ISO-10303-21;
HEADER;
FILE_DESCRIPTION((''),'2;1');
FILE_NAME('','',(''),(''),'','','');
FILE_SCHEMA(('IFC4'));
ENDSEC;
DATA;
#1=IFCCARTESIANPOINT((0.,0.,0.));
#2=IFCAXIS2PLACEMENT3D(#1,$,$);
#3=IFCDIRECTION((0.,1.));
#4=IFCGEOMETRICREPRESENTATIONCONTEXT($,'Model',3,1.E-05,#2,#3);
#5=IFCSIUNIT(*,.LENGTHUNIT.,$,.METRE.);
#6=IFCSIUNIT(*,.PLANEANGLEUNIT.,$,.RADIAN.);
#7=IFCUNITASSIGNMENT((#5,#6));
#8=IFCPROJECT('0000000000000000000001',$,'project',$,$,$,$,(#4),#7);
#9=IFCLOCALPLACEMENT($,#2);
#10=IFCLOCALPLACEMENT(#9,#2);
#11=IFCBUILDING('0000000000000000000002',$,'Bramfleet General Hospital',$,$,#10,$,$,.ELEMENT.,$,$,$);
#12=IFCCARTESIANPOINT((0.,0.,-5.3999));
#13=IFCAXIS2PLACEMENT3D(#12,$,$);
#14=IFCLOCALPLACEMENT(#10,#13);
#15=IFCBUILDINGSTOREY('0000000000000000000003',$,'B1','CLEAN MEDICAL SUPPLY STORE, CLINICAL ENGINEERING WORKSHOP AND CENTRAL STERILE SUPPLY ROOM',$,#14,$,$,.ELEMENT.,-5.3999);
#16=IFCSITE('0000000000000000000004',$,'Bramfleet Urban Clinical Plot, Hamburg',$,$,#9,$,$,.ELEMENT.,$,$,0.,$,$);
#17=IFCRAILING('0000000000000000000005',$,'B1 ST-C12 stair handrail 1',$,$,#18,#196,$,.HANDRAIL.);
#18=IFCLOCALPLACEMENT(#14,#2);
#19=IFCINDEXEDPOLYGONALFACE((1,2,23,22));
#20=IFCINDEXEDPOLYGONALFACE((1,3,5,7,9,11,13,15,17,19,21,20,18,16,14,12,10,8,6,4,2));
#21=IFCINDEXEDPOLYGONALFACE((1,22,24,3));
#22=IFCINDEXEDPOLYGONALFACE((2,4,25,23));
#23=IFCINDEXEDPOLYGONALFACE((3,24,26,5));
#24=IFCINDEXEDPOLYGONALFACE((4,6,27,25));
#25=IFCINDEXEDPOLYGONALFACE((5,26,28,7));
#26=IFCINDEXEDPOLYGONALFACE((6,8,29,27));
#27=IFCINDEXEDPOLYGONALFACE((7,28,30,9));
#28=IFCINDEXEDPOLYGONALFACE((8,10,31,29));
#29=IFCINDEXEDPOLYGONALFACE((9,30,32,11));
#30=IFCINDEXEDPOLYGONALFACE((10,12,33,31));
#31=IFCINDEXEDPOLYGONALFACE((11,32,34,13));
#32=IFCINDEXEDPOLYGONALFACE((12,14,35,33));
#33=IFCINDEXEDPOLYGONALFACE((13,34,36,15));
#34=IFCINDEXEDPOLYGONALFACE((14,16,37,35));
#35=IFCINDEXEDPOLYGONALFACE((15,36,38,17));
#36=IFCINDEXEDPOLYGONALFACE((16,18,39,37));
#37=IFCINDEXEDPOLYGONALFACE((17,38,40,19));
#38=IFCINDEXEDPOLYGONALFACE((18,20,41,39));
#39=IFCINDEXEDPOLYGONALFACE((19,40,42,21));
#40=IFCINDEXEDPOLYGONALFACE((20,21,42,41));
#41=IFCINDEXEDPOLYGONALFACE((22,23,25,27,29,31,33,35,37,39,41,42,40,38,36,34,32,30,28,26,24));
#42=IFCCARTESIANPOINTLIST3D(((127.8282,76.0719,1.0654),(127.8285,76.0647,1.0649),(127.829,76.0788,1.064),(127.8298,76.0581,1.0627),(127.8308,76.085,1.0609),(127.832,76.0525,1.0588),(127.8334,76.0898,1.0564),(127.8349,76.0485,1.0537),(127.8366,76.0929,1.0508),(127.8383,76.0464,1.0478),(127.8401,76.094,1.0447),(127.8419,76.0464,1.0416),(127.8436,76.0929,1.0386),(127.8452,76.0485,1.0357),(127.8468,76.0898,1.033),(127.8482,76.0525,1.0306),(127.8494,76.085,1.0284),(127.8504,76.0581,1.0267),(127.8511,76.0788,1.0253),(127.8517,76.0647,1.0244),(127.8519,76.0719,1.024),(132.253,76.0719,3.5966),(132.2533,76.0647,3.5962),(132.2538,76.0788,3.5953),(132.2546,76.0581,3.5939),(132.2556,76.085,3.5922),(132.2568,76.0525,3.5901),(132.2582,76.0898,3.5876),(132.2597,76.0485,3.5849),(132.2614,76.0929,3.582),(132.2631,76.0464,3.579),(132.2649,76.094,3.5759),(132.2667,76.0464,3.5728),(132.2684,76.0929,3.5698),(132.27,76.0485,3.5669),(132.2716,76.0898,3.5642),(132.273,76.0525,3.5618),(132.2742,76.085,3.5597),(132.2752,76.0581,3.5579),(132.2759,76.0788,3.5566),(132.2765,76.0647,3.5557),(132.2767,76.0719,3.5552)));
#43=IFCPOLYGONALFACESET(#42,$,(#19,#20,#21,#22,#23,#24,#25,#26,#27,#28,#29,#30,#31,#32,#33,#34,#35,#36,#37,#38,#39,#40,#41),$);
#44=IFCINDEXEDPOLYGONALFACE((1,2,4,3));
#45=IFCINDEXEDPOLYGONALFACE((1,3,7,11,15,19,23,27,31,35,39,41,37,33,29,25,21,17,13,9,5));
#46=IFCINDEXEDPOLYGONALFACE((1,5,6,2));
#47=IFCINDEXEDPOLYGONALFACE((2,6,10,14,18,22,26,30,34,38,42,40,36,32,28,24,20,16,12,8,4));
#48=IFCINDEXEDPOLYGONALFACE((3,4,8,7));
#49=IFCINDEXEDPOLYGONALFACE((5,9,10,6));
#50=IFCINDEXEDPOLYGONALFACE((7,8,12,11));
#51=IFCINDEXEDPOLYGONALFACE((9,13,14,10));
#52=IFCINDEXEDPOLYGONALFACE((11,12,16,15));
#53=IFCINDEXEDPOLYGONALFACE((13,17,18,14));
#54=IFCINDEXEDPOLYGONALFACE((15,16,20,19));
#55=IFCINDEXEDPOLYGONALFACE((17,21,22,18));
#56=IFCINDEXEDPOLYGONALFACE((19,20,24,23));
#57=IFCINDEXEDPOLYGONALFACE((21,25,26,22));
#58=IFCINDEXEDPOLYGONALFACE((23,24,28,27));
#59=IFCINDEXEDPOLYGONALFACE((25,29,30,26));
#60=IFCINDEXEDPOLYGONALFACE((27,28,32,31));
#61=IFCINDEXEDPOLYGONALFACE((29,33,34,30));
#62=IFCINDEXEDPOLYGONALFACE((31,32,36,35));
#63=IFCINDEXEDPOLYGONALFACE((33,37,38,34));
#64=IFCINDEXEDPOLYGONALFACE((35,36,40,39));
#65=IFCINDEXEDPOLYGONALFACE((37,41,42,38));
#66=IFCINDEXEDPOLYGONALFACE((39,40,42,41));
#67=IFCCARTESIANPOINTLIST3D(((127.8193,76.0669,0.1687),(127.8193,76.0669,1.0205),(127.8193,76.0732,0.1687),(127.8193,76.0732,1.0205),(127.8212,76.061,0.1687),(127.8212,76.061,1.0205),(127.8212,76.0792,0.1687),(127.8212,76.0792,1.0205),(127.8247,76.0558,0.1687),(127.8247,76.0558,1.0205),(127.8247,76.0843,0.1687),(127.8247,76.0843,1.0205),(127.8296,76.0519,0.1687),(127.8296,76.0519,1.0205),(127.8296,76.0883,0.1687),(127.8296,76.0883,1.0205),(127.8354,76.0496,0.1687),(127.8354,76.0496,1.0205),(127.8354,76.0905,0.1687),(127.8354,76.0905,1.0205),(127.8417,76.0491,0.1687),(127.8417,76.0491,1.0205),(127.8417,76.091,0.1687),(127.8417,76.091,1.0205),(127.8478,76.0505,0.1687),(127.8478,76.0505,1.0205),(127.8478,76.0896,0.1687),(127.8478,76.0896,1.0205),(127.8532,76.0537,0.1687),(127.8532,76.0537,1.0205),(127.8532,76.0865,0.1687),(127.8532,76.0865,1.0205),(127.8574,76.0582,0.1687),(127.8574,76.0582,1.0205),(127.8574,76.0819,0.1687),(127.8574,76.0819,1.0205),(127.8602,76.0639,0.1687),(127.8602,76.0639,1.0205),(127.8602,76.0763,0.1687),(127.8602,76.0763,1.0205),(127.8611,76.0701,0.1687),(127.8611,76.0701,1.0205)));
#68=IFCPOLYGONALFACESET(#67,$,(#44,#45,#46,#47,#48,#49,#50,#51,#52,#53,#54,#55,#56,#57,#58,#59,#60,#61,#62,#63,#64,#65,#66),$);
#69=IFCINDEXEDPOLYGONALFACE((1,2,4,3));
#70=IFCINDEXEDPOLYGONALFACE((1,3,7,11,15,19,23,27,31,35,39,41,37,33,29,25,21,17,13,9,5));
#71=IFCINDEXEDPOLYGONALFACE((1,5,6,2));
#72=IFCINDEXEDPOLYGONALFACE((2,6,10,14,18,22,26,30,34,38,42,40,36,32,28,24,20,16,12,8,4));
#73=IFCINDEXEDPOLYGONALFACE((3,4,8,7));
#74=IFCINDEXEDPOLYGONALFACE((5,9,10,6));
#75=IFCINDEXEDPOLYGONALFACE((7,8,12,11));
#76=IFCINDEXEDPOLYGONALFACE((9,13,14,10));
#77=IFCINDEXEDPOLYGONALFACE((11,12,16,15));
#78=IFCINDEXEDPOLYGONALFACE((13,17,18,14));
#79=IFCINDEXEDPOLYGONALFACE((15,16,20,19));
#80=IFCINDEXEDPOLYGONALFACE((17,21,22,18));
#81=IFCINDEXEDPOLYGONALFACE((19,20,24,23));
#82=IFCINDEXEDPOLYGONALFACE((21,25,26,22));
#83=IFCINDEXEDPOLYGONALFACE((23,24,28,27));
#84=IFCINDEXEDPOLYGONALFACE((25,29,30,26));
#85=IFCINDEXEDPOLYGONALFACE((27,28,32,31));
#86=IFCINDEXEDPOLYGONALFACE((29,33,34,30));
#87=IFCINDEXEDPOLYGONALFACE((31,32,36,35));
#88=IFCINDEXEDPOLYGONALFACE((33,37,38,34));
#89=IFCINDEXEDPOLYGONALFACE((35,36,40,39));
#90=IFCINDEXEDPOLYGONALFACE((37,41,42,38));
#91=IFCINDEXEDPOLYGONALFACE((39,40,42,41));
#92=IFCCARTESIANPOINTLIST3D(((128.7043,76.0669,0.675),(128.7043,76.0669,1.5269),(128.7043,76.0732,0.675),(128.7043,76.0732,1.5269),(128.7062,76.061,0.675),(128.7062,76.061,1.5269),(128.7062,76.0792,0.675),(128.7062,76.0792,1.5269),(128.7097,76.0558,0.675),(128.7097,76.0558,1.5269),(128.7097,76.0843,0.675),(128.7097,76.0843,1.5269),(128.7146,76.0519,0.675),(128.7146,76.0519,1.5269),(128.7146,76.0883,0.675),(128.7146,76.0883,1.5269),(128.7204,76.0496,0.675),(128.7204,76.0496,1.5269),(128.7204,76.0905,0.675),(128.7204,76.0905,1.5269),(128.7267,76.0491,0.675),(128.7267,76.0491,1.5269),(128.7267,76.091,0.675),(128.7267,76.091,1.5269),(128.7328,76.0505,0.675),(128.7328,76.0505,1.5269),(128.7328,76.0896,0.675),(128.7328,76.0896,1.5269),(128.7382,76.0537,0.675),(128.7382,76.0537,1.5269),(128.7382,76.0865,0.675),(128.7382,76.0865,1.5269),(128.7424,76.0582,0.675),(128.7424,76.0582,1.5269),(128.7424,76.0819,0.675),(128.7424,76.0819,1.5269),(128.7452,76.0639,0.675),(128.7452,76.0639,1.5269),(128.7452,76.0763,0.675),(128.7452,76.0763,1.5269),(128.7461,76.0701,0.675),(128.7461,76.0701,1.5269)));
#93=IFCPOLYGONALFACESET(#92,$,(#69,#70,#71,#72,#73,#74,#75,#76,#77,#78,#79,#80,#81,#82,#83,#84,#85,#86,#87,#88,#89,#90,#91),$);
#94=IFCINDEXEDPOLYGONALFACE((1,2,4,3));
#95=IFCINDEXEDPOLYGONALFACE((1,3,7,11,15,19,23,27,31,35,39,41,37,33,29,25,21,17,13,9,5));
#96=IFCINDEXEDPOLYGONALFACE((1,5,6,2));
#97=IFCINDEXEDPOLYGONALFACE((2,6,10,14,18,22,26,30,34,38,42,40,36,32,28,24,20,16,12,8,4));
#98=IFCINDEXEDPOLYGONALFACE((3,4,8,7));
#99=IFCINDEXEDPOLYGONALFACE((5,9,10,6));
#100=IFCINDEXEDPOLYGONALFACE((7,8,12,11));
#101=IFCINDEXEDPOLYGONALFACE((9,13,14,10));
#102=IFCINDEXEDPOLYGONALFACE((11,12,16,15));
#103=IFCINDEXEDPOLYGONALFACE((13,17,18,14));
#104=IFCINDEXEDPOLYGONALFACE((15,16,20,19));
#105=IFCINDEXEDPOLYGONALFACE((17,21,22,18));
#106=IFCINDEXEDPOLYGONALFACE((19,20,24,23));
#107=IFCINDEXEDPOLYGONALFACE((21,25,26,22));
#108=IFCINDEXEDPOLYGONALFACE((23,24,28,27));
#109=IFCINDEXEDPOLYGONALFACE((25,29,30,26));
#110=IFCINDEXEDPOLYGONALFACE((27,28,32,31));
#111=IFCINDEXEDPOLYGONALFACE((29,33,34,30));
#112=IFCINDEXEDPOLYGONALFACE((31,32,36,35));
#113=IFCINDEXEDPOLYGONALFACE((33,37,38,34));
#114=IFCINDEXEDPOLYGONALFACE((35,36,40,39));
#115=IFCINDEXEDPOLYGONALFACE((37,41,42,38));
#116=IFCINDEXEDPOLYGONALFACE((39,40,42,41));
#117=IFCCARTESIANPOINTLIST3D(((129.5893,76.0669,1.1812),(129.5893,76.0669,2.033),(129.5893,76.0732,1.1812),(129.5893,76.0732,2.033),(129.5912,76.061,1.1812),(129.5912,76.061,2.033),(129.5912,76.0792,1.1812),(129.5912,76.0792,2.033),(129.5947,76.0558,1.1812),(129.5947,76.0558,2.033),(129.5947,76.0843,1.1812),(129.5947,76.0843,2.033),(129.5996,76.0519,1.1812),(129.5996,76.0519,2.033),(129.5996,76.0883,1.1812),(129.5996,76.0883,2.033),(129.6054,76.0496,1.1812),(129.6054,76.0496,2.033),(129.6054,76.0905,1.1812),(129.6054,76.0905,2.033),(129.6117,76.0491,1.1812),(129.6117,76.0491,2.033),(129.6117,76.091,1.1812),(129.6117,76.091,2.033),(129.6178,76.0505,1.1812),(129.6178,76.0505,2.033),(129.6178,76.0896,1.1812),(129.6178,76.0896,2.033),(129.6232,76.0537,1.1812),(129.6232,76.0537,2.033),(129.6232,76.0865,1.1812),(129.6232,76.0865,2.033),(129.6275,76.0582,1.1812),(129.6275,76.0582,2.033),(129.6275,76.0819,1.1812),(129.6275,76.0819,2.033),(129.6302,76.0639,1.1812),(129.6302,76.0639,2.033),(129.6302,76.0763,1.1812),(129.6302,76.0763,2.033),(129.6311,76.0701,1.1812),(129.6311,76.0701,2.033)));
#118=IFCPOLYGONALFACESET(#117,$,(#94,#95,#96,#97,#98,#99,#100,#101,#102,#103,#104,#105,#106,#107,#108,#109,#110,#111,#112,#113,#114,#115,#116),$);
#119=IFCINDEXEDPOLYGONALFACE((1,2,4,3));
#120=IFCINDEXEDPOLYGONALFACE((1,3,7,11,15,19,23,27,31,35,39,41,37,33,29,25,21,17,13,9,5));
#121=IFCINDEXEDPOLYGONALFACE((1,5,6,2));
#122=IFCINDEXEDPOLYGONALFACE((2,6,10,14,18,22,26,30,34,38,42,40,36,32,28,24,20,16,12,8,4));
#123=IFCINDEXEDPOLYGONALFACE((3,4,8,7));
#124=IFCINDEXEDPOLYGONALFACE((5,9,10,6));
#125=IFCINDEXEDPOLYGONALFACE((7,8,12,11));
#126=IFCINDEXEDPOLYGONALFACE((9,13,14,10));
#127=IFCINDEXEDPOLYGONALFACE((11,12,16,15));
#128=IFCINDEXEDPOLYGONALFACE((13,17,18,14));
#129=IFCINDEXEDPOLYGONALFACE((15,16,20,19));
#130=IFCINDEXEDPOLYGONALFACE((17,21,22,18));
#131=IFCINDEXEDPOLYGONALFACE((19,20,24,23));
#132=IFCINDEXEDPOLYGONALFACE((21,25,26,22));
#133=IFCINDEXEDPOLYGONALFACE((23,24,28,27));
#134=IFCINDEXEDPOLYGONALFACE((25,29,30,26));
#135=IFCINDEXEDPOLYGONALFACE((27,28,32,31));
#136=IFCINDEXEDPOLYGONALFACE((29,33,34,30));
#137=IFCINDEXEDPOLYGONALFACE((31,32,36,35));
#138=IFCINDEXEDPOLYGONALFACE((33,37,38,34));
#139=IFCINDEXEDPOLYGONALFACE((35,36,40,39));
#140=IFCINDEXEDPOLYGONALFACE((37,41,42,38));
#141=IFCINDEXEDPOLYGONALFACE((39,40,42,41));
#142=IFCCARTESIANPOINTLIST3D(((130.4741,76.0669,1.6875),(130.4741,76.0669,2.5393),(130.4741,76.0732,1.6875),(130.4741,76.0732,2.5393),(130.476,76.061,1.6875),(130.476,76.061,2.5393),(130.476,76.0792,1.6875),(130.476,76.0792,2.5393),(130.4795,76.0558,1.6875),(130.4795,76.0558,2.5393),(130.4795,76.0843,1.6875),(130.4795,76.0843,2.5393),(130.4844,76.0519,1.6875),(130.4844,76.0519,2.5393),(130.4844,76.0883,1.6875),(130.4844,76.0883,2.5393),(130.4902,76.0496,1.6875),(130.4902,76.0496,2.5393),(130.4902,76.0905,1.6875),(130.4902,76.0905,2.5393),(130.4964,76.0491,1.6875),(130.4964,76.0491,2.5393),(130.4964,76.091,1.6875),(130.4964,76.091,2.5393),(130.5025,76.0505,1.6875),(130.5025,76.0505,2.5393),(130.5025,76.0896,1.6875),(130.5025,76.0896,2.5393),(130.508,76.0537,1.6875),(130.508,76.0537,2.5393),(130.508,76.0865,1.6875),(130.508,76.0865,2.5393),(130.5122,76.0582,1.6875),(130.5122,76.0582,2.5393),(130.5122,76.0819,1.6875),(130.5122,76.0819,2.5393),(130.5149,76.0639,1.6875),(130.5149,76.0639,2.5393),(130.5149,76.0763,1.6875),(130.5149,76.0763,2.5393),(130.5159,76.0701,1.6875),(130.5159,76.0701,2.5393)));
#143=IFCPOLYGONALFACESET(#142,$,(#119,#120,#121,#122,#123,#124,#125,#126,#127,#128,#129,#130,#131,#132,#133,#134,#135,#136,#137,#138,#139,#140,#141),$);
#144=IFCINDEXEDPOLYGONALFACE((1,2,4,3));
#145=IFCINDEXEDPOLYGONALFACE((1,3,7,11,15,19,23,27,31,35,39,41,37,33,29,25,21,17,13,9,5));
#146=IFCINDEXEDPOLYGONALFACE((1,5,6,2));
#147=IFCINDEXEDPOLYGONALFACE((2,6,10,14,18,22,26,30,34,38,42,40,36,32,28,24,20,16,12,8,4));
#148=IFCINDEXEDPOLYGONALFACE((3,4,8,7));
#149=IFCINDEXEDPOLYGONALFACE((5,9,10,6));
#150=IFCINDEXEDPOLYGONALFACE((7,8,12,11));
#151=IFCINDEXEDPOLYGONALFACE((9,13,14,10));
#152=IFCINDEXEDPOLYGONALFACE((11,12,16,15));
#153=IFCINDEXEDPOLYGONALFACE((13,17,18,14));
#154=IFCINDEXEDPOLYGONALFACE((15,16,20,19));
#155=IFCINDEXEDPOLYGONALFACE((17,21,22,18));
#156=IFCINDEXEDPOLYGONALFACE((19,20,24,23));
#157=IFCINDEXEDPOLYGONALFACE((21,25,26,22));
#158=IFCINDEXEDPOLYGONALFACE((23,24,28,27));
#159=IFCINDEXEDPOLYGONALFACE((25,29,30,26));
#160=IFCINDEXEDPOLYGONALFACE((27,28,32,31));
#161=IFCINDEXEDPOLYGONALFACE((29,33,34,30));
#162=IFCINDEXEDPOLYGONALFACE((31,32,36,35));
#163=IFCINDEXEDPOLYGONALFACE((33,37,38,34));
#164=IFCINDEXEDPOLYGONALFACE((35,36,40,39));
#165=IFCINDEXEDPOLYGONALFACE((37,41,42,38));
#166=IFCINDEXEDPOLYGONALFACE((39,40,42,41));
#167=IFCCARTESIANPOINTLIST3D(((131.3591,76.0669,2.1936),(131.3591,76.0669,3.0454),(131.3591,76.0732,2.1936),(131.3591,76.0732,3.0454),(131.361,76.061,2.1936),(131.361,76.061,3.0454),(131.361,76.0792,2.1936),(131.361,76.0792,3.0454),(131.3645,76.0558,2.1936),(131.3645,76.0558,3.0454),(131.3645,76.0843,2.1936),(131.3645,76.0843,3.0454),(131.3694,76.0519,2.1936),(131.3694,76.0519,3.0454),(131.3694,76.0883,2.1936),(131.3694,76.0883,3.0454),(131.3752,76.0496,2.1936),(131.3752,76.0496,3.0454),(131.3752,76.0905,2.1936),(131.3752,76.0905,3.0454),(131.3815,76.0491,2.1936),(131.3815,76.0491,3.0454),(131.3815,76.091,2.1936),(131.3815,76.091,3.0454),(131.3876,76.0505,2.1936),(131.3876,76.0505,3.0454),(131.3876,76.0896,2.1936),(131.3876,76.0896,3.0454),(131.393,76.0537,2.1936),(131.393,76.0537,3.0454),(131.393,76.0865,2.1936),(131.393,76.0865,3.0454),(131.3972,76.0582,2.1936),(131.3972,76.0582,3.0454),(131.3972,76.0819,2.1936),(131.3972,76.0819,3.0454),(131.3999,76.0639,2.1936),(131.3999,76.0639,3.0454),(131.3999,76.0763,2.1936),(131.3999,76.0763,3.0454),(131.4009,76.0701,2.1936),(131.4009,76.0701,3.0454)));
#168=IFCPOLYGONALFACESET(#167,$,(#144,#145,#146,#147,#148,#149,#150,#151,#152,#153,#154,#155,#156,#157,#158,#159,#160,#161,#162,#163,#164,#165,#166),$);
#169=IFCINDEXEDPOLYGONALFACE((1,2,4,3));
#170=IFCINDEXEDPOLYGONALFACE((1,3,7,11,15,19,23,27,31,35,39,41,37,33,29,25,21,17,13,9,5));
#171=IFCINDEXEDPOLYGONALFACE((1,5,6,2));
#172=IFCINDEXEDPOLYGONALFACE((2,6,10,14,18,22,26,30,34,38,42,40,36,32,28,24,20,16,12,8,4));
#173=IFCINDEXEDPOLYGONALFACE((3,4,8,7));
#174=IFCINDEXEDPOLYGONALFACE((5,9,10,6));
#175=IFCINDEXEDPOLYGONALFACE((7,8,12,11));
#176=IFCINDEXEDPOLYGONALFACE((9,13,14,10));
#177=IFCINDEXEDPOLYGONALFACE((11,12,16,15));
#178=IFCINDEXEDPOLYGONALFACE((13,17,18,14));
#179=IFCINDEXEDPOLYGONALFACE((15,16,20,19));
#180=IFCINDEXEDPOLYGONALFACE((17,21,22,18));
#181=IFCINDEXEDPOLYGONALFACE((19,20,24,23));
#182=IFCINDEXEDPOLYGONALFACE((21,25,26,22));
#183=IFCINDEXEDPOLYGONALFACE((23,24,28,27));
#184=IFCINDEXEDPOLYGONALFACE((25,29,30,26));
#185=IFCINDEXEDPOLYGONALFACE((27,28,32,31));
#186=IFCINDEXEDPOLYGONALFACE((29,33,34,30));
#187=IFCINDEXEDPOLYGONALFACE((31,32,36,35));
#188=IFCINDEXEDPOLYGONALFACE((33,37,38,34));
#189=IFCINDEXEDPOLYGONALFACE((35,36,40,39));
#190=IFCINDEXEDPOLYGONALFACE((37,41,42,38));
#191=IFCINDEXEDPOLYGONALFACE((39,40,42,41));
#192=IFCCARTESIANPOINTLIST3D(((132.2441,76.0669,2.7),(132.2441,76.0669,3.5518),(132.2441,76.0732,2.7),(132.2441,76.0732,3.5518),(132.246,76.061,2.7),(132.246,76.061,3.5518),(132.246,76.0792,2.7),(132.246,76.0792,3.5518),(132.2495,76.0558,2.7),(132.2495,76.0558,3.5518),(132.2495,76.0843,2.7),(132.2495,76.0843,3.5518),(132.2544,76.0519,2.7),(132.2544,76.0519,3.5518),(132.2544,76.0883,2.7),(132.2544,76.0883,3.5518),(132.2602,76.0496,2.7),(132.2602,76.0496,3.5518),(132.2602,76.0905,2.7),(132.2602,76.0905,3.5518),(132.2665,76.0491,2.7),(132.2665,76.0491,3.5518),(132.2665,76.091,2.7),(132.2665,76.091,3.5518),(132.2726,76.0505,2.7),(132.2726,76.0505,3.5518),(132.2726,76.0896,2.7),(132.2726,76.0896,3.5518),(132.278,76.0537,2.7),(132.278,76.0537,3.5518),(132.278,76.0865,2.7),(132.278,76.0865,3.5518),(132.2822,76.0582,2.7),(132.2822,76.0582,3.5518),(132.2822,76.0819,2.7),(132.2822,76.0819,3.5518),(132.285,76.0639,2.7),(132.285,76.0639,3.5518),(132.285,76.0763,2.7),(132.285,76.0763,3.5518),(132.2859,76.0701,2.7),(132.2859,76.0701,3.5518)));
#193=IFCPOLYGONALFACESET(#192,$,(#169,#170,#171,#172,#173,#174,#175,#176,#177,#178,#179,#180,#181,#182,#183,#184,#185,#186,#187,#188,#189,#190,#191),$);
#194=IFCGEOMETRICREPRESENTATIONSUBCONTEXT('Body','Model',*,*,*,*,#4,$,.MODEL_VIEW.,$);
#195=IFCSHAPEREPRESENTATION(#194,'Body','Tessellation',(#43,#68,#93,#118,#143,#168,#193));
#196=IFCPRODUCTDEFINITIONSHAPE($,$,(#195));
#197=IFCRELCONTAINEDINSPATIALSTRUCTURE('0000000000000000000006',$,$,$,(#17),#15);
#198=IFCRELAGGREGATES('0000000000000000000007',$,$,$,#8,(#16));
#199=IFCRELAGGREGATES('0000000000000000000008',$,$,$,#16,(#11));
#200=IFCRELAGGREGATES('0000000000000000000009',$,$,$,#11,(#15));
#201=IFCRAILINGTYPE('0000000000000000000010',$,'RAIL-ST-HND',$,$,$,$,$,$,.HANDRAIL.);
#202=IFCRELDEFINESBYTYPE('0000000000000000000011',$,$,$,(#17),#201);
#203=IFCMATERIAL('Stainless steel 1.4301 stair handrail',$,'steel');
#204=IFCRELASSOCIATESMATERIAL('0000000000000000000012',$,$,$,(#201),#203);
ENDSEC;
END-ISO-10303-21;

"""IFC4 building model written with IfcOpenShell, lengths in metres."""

from ifc_helpers import new_model, si_unit, direction, frame, origin, origin_2d, place, context, subcontext, project, spatial, circle, extrude, material, type_object, element, save


model = new_model("IFC4")

# Units and contexts
model_context = context("Model", 3, precision=1e-05, world=origin(), true_north=direction((0.0, 1.0)))
body_context = subcontext(model_context, "Body", "Model", "MODEL_VIEW")
ifc_project = project(units=[si_unit("LENGTHUNIT", "METRE"), si_unit("PLANEANGLEUNIT", "RADIAN")], contexts=[model_context])

# Site, building, storey
site_placement = place(None, origin())
site = spatial("IfcSite", under=ifc_project, at=site_placement, Name="Bramfleet Urban Clinical Plot, Hamburg", CompositionType="ELEMENT", RefElevation=0.0)
building_placement = place(site_placement, origin())
building = spatial("IfcBuilding", under=site, at=building_placement, Name="Bramfleet General Hospital", CompositionType="ELEMENT")
storey_placement = place(building_placement, frame((0.0, 0.0, -5.3999)))
storey = spatial("IfcBuildingStorey", under=building, at=storey_placement, Name="B1", Description="CLEAN MEDICAL SUPPLY STORE, CLINICAL ENGINEERING WORKSHOP AND CENTRAL STERILE SUPPLY ROOM", CompositionType="ELEMENT", Elevation=-5.3999)

# Railing
ifc_material_1 = material(Name="Stainless steel 1.4301 stair handrail", Category="steel")
railing_type_1 = type_object("IfcRailingType", Name="RAIL-ST-HND", PredefinedType="HANDRAIL", material=ifc_material_1)
railing_1_placement = place(storey_placement, frame((127.8401, 76.0701, 0.1687)))
element("IfcRailing", 1, at=railing_1_placement, inside=storey, type_object=railing_type_1, Name="B1 ST-C12 stair handrail 1", PredefinedType="HANDRAIL", context=body_context, shape_type="SweptSolid", body=[
    extrude(circle(Radius=0.0239, at=origin_2d()), frame((0.0, 0.0, 0.876), z_axis=(0.868007, 0.0, 0.496551), x_axis=(0.0, 1.0, 0.0)), (0.0, 0.0, 1.0), 5.0977),
    extrude(circle(Radius=0.021, at=origin_2d()), origin(), (0.0, 0.0, 1.0), 0.8518),
    extrude(circle(Radius=0.021, at=origin_2d()), frame((0.885, 0.0, 0.5063)), (0.0, 0.0, 1.0), 0.8518),
    extrude(circle(Radius=0.021, at=origin_2d()), frame((1.77, 0.0, 1.0125)), (0.0, 0.0, 1.0), 0.8518),
    extrude(circle(Radius=0.021, at=origin_2d()), frame((2.6548, 0.0, 1.5188)), (0.0, 0.0, 1.0), 0.8518),
    extrude(circle(Radius=0.021, at=origin_2d()), frame((3.5398, 0.0, 2.0249)), (0.0, 0.0, 1.0), 0.8518),
    extrude(circle(Radius=0.021, at=origin_2d()), frame((4.4248, 0.0, 2.5312)), (0.0, 0.0, 1.0), 0.8518),
])

save(model, "model.ifc")
